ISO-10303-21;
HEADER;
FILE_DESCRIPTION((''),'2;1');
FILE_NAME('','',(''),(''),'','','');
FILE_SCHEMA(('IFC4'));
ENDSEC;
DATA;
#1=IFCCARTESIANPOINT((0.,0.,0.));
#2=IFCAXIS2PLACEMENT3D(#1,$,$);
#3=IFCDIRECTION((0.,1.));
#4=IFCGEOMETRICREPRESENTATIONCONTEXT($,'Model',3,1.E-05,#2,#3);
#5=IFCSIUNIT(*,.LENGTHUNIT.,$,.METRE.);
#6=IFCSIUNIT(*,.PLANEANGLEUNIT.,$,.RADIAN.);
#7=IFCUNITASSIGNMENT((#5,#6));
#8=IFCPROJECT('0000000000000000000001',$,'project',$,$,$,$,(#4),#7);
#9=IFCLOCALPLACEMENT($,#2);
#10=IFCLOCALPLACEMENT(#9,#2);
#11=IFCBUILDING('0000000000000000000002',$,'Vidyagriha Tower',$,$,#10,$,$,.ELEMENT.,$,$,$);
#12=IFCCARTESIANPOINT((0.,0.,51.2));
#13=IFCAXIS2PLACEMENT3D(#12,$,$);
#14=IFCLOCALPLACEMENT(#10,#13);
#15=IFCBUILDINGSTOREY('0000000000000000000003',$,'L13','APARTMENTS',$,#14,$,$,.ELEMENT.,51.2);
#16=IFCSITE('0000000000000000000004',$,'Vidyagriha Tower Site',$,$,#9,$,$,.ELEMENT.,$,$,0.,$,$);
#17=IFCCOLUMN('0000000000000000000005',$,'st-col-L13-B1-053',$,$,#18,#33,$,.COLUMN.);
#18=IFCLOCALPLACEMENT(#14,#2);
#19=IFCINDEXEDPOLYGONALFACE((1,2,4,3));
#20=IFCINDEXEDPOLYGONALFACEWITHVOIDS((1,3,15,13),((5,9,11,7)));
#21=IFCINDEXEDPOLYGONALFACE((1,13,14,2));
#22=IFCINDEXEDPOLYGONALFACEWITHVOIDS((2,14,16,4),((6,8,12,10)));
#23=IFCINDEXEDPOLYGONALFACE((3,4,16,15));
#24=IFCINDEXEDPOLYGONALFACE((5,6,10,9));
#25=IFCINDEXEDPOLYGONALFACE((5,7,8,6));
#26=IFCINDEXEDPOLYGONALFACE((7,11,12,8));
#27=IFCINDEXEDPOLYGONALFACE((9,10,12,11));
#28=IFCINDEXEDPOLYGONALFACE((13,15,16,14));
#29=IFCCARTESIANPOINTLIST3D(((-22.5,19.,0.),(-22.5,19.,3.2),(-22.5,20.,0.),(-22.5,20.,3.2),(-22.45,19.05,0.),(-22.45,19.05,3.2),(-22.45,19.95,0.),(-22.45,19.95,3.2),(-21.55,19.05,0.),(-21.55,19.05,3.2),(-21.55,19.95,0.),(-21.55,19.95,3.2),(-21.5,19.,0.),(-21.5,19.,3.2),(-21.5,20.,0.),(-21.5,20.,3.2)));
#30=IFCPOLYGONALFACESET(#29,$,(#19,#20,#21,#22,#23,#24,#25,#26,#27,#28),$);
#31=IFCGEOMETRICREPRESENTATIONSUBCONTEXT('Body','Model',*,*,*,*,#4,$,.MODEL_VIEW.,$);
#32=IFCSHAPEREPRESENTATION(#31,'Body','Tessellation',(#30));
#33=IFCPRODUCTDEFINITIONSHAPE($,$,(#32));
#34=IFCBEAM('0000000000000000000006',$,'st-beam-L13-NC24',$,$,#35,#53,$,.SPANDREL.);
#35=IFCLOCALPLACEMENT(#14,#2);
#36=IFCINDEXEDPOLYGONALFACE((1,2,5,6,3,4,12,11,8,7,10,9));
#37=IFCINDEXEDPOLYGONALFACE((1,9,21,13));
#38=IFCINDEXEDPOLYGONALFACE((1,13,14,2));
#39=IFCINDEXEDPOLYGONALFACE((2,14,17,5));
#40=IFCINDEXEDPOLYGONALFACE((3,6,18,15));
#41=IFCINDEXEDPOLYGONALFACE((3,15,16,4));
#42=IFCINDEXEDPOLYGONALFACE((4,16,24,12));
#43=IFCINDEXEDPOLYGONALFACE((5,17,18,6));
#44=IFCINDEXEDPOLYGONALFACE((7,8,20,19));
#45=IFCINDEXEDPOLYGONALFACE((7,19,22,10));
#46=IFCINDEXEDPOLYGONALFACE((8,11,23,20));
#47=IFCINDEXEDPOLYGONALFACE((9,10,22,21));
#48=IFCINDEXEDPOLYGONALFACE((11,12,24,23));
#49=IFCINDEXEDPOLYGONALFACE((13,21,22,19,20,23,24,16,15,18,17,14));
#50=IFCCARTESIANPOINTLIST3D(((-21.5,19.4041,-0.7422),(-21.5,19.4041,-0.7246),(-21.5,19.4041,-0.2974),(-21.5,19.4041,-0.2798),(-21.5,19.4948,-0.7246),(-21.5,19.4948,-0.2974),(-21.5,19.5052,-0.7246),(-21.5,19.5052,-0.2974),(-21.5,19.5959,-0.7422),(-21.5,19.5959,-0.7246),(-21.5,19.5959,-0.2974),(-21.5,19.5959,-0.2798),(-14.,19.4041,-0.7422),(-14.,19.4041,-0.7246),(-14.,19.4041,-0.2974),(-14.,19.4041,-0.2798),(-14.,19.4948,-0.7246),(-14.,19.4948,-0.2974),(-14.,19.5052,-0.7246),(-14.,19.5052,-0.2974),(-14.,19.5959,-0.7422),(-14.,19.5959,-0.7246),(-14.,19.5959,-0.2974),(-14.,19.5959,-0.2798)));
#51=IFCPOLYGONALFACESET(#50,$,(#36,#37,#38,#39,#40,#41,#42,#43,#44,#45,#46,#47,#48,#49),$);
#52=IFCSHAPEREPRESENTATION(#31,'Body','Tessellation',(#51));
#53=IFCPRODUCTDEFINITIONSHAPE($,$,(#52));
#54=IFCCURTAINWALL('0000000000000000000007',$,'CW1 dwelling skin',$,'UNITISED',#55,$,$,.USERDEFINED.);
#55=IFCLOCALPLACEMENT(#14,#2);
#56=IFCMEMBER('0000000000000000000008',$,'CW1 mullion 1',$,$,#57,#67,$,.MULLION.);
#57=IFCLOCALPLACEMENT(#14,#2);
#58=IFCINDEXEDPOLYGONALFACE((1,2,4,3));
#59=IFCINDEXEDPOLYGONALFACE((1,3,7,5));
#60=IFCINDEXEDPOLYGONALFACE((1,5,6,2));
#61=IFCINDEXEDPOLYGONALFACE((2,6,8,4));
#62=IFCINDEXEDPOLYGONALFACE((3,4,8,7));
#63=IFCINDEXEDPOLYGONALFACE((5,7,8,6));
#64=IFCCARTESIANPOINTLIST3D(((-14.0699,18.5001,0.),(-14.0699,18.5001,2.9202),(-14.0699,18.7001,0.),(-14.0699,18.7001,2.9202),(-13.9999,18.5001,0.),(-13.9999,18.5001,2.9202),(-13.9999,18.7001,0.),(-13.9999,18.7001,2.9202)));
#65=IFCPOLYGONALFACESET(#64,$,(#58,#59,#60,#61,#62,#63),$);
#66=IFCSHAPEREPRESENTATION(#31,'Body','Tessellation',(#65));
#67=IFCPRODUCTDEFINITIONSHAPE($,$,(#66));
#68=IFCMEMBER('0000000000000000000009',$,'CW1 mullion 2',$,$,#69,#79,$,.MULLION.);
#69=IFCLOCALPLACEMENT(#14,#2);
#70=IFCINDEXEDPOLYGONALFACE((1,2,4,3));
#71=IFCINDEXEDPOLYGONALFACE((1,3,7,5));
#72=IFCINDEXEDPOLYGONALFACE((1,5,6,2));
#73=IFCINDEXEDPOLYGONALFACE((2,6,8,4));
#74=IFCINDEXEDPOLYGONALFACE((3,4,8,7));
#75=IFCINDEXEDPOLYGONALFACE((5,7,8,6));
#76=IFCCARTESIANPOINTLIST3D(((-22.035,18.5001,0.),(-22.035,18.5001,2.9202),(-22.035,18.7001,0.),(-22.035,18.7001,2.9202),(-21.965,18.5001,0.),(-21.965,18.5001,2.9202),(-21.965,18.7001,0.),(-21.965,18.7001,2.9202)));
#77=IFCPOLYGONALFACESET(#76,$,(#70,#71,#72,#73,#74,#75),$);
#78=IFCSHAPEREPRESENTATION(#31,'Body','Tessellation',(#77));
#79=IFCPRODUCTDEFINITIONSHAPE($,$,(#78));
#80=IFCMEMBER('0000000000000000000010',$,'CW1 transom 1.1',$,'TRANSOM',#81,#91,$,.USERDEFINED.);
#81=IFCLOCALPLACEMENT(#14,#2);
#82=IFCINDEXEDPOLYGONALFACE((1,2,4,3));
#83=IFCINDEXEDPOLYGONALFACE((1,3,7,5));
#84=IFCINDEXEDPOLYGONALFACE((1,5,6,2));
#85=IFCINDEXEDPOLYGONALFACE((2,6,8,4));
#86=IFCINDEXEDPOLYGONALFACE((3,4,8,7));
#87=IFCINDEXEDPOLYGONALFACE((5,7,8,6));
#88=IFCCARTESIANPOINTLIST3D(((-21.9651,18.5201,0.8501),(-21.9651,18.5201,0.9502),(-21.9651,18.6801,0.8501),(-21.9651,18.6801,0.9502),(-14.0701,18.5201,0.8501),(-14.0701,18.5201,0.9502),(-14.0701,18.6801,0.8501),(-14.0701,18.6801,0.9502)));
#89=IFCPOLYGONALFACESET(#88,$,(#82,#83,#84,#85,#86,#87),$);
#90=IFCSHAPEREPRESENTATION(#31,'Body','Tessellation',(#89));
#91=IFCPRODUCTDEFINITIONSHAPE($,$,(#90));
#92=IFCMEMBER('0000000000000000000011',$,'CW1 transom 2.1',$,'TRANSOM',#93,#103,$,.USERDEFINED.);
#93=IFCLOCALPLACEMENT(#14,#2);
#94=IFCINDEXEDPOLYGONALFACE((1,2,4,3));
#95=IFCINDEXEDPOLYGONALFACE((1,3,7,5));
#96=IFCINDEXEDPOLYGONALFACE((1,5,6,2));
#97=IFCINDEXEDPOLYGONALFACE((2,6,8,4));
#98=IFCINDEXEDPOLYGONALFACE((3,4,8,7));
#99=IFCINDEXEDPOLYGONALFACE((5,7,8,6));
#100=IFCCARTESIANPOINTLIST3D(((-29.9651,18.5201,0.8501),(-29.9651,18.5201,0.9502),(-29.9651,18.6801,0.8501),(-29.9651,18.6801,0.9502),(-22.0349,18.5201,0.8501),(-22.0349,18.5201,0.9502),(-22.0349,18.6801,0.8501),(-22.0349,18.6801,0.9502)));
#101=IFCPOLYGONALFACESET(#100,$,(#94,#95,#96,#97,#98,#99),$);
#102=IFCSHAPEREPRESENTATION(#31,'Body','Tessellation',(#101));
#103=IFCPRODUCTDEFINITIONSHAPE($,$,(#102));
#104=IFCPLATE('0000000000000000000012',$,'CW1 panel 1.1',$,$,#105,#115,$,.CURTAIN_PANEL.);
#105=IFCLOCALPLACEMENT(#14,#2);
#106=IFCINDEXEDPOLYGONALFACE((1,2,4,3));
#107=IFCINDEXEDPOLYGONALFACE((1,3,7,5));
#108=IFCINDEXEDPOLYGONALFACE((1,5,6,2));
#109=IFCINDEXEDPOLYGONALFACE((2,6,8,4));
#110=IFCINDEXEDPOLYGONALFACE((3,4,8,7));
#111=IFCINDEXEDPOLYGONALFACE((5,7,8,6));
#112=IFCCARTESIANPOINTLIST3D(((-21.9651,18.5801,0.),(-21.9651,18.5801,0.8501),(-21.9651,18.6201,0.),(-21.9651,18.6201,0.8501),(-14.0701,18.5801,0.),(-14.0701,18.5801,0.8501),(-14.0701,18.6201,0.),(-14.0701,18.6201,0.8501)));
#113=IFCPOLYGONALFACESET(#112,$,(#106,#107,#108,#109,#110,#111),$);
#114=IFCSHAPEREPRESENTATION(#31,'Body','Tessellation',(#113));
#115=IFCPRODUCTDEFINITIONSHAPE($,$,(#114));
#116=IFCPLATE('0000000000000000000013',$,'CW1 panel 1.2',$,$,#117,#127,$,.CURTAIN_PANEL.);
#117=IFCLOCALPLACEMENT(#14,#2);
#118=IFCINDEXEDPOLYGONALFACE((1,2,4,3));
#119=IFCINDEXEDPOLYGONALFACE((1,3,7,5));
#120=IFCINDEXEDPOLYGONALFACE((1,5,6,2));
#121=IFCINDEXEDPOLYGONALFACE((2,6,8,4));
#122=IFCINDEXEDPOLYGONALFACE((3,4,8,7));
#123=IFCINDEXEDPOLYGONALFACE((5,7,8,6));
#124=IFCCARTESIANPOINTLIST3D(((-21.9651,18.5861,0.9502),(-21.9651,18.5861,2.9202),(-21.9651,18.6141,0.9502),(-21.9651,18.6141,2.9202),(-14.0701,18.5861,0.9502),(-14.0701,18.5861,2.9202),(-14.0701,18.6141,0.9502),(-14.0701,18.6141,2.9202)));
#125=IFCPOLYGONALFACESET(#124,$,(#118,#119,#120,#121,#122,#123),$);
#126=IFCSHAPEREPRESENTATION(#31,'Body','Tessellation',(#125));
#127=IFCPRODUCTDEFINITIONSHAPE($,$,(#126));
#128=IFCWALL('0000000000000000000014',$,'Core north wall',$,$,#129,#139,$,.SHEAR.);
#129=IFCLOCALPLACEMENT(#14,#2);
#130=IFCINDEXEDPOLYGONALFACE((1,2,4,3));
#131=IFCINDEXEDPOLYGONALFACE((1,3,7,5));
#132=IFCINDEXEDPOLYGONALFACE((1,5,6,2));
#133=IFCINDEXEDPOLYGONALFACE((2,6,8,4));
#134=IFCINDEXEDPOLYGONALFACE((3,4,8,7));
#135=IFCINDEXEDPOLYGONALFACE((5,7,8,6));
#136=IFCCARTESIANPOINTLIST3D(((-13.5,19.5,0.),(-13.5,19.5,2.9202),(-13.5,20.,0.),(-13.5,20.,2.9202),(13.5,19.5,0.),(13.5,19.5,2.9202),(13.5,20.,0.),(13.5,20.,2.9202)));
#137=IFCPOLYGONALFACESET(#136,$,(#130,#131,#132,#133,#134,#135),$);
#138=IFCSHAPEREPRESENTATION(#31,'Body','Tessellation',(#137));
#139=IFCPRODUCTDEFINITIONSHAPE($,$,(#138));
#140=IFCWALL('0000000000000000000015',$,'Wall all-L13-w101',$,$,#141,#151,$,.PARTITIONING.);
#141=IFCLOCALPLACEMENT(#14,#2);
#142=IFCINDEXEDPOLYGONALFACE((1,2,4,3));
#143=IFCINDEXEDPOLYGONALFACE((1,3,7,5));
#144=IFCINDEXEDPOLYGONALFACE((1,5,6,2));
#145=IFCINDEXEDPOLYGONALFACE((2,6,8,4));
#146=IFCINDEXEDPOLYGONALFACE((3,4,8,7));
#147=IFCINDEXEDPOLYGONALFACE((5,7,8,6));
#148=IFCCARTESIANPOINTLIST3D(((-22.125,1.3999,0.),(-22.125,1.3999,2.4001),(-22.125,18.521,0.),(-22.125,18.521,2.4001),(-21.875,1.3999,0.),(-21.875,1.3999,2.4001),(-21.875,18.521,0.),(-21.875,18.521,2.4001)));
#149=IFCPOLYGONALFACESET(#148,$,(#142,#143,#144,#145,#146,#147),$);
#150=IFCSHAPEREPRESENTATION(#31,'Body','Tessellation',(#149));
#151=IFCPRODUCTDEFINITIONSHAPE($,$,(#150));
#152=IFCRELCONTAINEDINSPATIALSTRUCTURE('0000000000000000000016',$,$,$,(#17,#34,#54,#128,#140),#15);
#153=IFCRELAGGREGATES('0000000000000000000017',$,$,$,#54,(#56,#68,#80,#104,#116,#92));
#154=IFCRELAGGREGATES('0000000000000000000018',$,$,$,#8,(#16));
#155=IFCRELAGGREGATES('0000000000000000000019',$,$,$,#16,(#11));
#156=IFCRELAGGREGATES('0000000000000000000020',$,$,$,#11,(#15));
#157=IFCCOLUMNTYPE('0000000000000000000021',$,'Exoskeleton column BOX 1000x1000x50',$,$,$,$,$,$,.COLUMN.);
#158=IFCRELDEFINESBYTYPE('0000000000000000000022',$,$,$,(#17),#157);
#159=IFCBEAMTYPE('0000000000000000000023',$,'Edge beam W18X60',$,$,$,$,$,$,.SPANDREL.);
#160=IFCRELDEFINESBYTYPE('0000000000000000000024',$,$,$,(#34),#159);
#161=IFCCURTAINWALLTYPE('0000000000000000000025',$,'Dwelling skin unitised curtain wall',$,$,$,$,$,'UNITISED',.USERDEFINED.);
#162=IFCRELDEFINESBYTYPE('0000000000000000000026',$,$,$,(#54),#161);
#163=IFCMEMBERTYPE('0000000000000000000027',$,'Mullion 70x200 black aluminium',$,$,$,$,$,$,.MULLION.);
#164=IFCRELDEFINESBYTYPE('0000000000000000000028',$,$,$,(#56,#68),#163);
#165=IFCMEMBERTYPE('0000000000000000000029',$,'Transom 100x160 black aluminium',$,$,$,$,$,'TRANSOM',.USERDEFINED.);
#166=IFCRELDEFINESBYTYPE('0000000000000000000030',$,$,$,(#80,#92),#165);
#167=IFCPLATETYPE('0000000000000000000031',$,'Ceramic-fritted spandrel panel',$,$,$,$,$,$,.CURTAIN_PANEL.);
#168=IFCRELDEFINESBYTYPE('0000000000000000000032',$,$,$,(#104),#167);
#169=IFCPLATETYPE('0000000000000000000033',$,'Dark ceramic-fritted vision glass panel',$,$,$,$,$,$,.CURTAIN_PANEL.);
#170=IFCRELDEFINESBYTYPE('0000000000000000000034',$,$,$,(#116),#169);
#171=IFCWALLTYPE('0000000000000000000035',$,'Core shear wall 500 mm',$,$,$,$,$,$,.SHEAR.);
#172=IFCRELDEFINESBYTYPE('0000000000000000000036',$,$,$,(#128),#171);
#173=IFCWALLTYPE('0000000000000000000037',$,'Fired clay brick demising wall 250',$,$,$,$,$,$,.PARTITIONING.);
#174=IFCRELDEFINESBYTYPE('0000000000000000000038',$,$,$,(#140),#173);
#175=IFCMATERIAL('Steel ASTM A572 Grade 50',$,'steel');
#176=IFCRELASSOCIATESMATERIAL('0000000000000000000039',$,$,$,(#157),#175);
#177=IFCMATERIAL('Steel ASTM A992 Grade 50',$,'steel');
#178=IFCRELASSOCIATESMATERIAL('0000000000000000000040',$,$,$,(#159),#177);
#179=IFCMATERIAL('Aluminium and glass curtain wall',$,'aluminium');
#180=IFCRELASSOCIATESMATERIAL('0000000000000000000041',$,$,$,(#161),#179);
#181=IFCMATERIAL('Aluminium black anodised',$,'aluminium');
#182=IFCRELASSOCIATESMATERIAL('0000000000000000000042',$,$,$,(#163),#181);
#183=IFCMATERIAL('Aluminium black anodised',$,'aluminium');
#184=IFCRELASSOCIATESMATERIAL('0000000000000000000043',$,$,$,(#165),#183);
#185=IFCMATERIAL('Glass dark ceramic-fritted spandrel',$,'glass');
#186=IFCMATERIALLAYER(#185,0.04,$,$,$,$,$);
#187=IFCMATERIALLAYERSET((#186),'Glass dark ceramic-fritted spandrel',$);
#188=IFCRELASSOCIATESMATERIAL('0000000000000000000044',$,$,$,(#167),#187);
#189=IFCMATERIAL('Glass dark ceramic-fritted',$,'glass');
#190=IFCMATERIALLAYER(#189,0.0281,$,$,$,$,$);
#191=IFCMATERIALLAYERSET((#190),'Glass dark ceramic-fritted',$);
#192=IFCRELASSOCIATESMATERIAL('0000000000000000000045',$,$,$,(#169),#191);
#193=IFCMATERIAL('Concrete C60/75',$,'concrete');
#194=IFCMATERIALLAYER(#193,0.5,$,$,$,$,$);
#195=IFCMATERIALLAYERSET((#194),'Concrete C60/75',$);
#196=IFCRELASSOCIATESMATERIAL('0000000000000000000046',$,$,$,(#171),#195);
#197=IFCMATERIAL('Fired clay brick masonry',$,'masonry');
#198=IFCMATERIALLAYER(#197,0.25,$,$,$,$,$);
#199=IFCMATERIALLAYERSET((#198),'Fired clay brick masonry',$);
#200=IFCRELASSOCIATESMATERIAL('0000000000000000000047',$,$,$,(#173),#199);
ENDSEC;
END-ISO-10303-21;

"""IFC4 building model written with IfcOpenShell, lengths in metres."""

from ifc_helpers import new_model, si_unit, direction, frame, frame_2d, origin, origin_2d, place, context, subcontext, project, spatial, rectangle, hollow_rectangle, i_section, extrude, material, layer, layer_set, material_profile, profile_set, type_object, element, aggregate, save


model = new_model("IFC4")

# Units and contexts
model_context = context("Model", 3, precision=1e-05, world=origin(), true_north=direction((0.0, 1.0)))
body_context = subcontext(model_context, "Body", "Model", "MODEL_VIEW")
ifc_project = project(units=[si_unit("LENGTHUNIT", "METRE"), si_unit("PLANEANGLEUNIT", "RADIAN")], contexts=[model_context])

# Site, building, storey
site_placement = place(None, origin())
site = spatial("IfcSite", under=ifc_project, at=site_placement, Name="Vidyagriha Tower Site", CompositionType="ELEMENT", RefElevation=0.0)
building_placement = place(site_placement, origin())
building = spatial("IfcBuilding", under=site, at=building_placement, Name="Vidyagriha Tower", CompositionType="ELEMENT")
storey_placement = place(building_placement, frame((0.0, 0.0, 51.2)))
storey = spatial("IfcBuildingStorey", under=building, at=storey_placement, Name="L13", Description="APARTMENTS", CompositionType="ELEMENT", Elevation=51.2)

# Column
ifc_material_1 = material(Name="Steel ASTM A572 Grade 50", Category="steel")
ifc_material_profile_1 = material_profile(ifc_material_1, hollow_rectangle(XDim=1.0, YDim=1.0, WallThickness=0.05, at=origin_2d()), Name="BOX 1000x1000x50")
ifc_profile_set_1 = profile_set([ifc_material_profile_1], Name="Steel ASTM A572 Grade 50")
column_type = type_object("IfcColumnType", Name="Exoskeleton column BOX 1000x1000x50", PredefinedType="COLUMN", material=ifc_profile_set_1)
column_placement = place(storey_placement, frame((-22.0, 19.5, 0.0)))
element("IfcColumn", 1, at=column_placement, inside=storey, type_object=column_type, Name="st-col-L13-B1-053", PredefinedType="COLUMN", context=body_context, shape_type="SweptSolid", body=[
    extrude(hollow_rectangle(XDim=1.0, YDim=1.0, WallThickness=0.05, at=origin_2d()), origin(), (0.0, 0.0, 1.0), 3.2),
])

# Beam
ifc_material_2 = material(Name="Steel ASTM A992 Grade 50", Category="steel")
ifc_material_profile_2 = material_profile(ifc_material_2, i_section(OverallWidth=0.1919, OverallDepth=0.4624, WebThickness=0.0105, FlangeThickness=0.0176, at=origin_2d()), Name="W18X60")
ifc_profile_set_2 = profile_set([ifc_material_profile_2], Name="Steel ASTM A992 Grade 50")
beam_type = type_object("IfcBeamType", Name="Edge beam W18X60", PredefinedType="SPANDREL", material=ifc_profile_set_2)
beam_placement = place(storey_placement, frame((-21.5, 19.5, -0.511), z_axis=(1.0, 0.0, 0.0), x_axis=(0.0, 1.0, 0.0)))
element("IfcBeam", 2, at=beam_placement, inside=storey, type_object=beam_type, Name="st-beam-L13-NC24", PredefinedType="SPANDREL", context=body_context, shape_type="SweptSolid", body=[
    extrude(i_section(OverallWidth=0.1919, OverallDepth=0.4624, WebThickness=0.0105, FlangeThickness=0.0176, at=origin_2d()), origin(), (0.0, 0.0, 1.0), 7.5),
])

# Curtain wall, members, plates
ifc_material_3 = material(Name="Aluminium and glass curtain wall", Category="aluminium")
curtain_wall_type = type_object("IfcCurtainWallType", Name="Dwelling skin unitised curtain wall", ElementType="UNITISED", PredefinedType="USERDEFINED", material=ifc_material_3)
curtain_wall_placement = place(storey_placement, origin())
curtain_wall = element("IfcCurtainWall", 3, at=curtain_wall_placement, inside=storey, type_object=curtain_wall_type, Name="CW1 dwelling skin", ObjectType="UNITISED", PredefinedType="USERDEFINED")
ifc_material_4 = material(Name="Aluminium black anodised", Category="aluminium")
ifc_material_profile_3 = material_profile(ifc_material_4, rectangle(XDim=0.2, YDim=0.0701, at=origin_2d()), Name="Mullion 70x200 black aluminium")
ifc_profile_set_3 = profile_set([ifc_material_profile_3], Name="Aluminium black anodised")
member_type_1 = type_object("IfcMemberType", Name="Mullion 70x200 black aluminium", PredefinedType="MULLION", material=ifc_profile_set_3)
member_1_placement = place(storey_placement, frame((-14.0349, 18.6001, 0.0), z_axis=(0.0, 0.0, 1.0), x_axis=(0.0, -1.0, 0.0)))
member_1 = element("IfcMember", 4, at=member_1_placement, type_object=member_type_1, Name="CW1 mullion 1", PredefinedType="MULLION", context=body_context, shape_type="SweptSolid", body=[
    extrude(rectangle(XDim=0.2, YDim=0.0701, at=origin_2d()), origin(), (0.0, 0.0, 1.0), 2.9202),
])
member_2_placement = place(storey_placement, frame((-22.0, 18.6001, 0.0), z_axis=(0.0, 0.0, 1.0), x_axis=(0.0, -1.0, 0.0)))
member_2 = element("IfcMember", 5, at=member_2_placement, type_object=member_type_1, Name="CW1 mullion 2", PredefinedType="MULLION", context=body_context, shape_type="SweptSolid", body=[
    extrude(rectangle(XDim=0.2, YDim=0.0701, at=origin_2d()), origin(), (0.0, 0.0, 1.0), 2.9202),
])
ifc_material_5 = material(Name="Aluminium black anodised", Category="aluminium")
ifc_material_profile_4 = material_profile(ifc_material_5, rectangle(XDim=0.1599, YDim=0.1001, at=origin_2d()), Name="Transom 100x160 black aluminium")
ifc_profile_set_4 = profile_set([ifc_material_profile_4], Name="Aluminium black anodised")
member_type_2 = type_object("IfcMemberType", Name="Transom 100x160 black aluminium", ElementType="TRANSOM", PredefinedType="USERDEFINED", material=ifc_profile_set_4)
member_3_placement = place(storey_placement, frame((-14.0701, 18.6001, 0.9001), z_axis=(-1.0, 0.0, 0.0), x_axis=(0.0, -1.0, 0.0)))
member_3 = element("IfcMember", 6, at=member_3_placement, type_object=member_type_2, Name="CW1 transom 1.1", ObjectType="TRANSOM", PredefinedType="USERDEFINED", context=body_context, shape_type="SweptSolid", body=[
    extrude(rectangle(XDim=0.1599, YDim=0.1001, at=origin_2d()), origin(), (0.0, 0.0, 1.0), 7.895),
])
member_4_placement = place(storey_placement, frame((-22.0349, 18.6001, 0.9001), z_axis=(-1.0, 0.0, 0.0), x_axis=(0.0, -1.0, 0.0)))
member_4 = element("IfcMember", 7, at=member_4_placement, type_object=member_type_2, Name="CW1 transom 2.1", ObjectType="TRANSOM", PredefinedType="USERDEFINED", context=body_context, shape_type="SweptSolid", body=[
    extrude(rectangle(XDim=0.1599, YDim=0.1001, at=origin_2d()), origin(), (0.0, 0.0, 1.0), 7.9302),
])
ifc_material_6 = material(Name="Glass dark ceramic-fritted spandrel", Category="glass")
ifc_layer_1 = layer(ifc_material_6, 0.04)
ifc_layer_set_1 = layer_set([ifc_layer_1], Name="Glass dark ceramic-fritted spandrel")
plate_type_1 = type_object("IfcPlateType", Name="Ceramic-fritted spandrel panel", PredefinedType="CURTAIN_PANEL", material=ifc_layer_set_1)
plate_1_placement = place(storey_placement, frame((-18.0176, 18.6001, 0.0), z_axis=(0.0, 0.0, 1.0), x_axis=(-1.0, 0.0, 0.0)))
plate_1 = element("IfcPlate", 8, at=plate_1_placement, type_object=plate_type_1, Name="CW1 panel 1.1", PredefinedType="CURTAIN_PANEL", context=body_context, shape_type="SweptSolid", body=[
    extrude(rectangle(XDim=7.895, YDim=0.04, at=origin_2d()), origin(), (0.0, 0.0, 1.0), 0.8501),
])
ifc_material_7 = material(Name="Glass dark ceramic-fritted", Category="glass")
ifc_layer_2 = layer(ifc_material_7, 0.0281)
ifc_layer_set_2 = layer_set([ifc_layer_2], Name="Glass dark ceramic-fritted")
plate_type_2 = type_object("IfcPlateType", Name="Dark ceramic-fritted vision glass panel", PredefinedType="CURTAIN_PANEL", material=ifc_layer_set_2)
plate_2_placement = place(storey_placement, frame((-18.0176, 18.6001, 0.9502), z_axis=(0.0, 0.0, 1.0), x_axis=(-1.0, 0.0, 0.0)))
plate_2 = element("IfcPlate", 9, at=plate_2_placement, type_object=plate_type_2, Name="CW1 panel 1.2", PredefinedType="CURTAIN_PANEL", context=body_context, shape_type="SweptSolid", body=[
    extrude(rectangle(XDim=7.895, YDim=0.0281, at=origin_2d()), origin(), (0.0, 0.0, 1.0), 1.97),
])
aggregate(curtain_wall, [member_1, member_2, member_3, plate_1, plate_2, member_4])

# Walls
ifc_material_8 = material(Name="Concrete C60/75", Category="concrete")
ifc_layer_3 = layer(ifc_material_8, 0.5)
ifc_layer_set_3 = layer_set([ifc_layer_3], Name="Concrete C60/75")
wall_type_1 = type_object("IfcWallType", Name="Core shear wall 500 mm", PredefinedType="SHEAR", material=ifc_layer_set_3)
wall_1_placement = place(storey_placement, frame((-13.5, 19.75, 0.0)))
element("IfcWall", 10, at=wall_1_placement, inside=storey, type_object=wall_type_1, Name="Core north wall", PredefinedType="SHEAR", context=body_context, shape_type="SweptSolid", body=[
    extrude(rectangle(XDim=27.0, YDim=0.5, at=frame_2d((13.5, 0.0))), origin(), (0.0, 0.0, 1.0), 2.9202),
])
ifc_material_9 = material(Name="Fired clay brick masonry", Category="masonry")
ifc_layer_4 = layer(ifc_material_9, 0.25)
ifc_layer_set_4 = layer_set([ifc_layer_4], Name="Fired clay brick masonry")
wall_type_2 = type_object("IfcWallType", Name="Fired clay brick demising wall 250", PredefinedType="PARTITIONING", material=ifc_layer_set_4)
wall_2_placement = place(storey_placement, frame((-22.0, 18.521, 0.0), z_axis=(0.0, 0.0, 1.0), x_axis=(0.0, -1.0, 0.0)))
element("IfcWall", 11, at=wall_2_placement, inside=storey, type_object=wall_type_2, Name="Wall all-L13-w101", PredefinedType="PARTITIONING", context=body_context, shape_type="SweptSolid", body=[
    extrude(rectangle(XDim=17.1211, YDim=0.25, at=frame_2d((8.5605, 0.0))), origin(), (0.0, 0.0, 1.0), 2.4001),
])

save(model, "model.ifc")
